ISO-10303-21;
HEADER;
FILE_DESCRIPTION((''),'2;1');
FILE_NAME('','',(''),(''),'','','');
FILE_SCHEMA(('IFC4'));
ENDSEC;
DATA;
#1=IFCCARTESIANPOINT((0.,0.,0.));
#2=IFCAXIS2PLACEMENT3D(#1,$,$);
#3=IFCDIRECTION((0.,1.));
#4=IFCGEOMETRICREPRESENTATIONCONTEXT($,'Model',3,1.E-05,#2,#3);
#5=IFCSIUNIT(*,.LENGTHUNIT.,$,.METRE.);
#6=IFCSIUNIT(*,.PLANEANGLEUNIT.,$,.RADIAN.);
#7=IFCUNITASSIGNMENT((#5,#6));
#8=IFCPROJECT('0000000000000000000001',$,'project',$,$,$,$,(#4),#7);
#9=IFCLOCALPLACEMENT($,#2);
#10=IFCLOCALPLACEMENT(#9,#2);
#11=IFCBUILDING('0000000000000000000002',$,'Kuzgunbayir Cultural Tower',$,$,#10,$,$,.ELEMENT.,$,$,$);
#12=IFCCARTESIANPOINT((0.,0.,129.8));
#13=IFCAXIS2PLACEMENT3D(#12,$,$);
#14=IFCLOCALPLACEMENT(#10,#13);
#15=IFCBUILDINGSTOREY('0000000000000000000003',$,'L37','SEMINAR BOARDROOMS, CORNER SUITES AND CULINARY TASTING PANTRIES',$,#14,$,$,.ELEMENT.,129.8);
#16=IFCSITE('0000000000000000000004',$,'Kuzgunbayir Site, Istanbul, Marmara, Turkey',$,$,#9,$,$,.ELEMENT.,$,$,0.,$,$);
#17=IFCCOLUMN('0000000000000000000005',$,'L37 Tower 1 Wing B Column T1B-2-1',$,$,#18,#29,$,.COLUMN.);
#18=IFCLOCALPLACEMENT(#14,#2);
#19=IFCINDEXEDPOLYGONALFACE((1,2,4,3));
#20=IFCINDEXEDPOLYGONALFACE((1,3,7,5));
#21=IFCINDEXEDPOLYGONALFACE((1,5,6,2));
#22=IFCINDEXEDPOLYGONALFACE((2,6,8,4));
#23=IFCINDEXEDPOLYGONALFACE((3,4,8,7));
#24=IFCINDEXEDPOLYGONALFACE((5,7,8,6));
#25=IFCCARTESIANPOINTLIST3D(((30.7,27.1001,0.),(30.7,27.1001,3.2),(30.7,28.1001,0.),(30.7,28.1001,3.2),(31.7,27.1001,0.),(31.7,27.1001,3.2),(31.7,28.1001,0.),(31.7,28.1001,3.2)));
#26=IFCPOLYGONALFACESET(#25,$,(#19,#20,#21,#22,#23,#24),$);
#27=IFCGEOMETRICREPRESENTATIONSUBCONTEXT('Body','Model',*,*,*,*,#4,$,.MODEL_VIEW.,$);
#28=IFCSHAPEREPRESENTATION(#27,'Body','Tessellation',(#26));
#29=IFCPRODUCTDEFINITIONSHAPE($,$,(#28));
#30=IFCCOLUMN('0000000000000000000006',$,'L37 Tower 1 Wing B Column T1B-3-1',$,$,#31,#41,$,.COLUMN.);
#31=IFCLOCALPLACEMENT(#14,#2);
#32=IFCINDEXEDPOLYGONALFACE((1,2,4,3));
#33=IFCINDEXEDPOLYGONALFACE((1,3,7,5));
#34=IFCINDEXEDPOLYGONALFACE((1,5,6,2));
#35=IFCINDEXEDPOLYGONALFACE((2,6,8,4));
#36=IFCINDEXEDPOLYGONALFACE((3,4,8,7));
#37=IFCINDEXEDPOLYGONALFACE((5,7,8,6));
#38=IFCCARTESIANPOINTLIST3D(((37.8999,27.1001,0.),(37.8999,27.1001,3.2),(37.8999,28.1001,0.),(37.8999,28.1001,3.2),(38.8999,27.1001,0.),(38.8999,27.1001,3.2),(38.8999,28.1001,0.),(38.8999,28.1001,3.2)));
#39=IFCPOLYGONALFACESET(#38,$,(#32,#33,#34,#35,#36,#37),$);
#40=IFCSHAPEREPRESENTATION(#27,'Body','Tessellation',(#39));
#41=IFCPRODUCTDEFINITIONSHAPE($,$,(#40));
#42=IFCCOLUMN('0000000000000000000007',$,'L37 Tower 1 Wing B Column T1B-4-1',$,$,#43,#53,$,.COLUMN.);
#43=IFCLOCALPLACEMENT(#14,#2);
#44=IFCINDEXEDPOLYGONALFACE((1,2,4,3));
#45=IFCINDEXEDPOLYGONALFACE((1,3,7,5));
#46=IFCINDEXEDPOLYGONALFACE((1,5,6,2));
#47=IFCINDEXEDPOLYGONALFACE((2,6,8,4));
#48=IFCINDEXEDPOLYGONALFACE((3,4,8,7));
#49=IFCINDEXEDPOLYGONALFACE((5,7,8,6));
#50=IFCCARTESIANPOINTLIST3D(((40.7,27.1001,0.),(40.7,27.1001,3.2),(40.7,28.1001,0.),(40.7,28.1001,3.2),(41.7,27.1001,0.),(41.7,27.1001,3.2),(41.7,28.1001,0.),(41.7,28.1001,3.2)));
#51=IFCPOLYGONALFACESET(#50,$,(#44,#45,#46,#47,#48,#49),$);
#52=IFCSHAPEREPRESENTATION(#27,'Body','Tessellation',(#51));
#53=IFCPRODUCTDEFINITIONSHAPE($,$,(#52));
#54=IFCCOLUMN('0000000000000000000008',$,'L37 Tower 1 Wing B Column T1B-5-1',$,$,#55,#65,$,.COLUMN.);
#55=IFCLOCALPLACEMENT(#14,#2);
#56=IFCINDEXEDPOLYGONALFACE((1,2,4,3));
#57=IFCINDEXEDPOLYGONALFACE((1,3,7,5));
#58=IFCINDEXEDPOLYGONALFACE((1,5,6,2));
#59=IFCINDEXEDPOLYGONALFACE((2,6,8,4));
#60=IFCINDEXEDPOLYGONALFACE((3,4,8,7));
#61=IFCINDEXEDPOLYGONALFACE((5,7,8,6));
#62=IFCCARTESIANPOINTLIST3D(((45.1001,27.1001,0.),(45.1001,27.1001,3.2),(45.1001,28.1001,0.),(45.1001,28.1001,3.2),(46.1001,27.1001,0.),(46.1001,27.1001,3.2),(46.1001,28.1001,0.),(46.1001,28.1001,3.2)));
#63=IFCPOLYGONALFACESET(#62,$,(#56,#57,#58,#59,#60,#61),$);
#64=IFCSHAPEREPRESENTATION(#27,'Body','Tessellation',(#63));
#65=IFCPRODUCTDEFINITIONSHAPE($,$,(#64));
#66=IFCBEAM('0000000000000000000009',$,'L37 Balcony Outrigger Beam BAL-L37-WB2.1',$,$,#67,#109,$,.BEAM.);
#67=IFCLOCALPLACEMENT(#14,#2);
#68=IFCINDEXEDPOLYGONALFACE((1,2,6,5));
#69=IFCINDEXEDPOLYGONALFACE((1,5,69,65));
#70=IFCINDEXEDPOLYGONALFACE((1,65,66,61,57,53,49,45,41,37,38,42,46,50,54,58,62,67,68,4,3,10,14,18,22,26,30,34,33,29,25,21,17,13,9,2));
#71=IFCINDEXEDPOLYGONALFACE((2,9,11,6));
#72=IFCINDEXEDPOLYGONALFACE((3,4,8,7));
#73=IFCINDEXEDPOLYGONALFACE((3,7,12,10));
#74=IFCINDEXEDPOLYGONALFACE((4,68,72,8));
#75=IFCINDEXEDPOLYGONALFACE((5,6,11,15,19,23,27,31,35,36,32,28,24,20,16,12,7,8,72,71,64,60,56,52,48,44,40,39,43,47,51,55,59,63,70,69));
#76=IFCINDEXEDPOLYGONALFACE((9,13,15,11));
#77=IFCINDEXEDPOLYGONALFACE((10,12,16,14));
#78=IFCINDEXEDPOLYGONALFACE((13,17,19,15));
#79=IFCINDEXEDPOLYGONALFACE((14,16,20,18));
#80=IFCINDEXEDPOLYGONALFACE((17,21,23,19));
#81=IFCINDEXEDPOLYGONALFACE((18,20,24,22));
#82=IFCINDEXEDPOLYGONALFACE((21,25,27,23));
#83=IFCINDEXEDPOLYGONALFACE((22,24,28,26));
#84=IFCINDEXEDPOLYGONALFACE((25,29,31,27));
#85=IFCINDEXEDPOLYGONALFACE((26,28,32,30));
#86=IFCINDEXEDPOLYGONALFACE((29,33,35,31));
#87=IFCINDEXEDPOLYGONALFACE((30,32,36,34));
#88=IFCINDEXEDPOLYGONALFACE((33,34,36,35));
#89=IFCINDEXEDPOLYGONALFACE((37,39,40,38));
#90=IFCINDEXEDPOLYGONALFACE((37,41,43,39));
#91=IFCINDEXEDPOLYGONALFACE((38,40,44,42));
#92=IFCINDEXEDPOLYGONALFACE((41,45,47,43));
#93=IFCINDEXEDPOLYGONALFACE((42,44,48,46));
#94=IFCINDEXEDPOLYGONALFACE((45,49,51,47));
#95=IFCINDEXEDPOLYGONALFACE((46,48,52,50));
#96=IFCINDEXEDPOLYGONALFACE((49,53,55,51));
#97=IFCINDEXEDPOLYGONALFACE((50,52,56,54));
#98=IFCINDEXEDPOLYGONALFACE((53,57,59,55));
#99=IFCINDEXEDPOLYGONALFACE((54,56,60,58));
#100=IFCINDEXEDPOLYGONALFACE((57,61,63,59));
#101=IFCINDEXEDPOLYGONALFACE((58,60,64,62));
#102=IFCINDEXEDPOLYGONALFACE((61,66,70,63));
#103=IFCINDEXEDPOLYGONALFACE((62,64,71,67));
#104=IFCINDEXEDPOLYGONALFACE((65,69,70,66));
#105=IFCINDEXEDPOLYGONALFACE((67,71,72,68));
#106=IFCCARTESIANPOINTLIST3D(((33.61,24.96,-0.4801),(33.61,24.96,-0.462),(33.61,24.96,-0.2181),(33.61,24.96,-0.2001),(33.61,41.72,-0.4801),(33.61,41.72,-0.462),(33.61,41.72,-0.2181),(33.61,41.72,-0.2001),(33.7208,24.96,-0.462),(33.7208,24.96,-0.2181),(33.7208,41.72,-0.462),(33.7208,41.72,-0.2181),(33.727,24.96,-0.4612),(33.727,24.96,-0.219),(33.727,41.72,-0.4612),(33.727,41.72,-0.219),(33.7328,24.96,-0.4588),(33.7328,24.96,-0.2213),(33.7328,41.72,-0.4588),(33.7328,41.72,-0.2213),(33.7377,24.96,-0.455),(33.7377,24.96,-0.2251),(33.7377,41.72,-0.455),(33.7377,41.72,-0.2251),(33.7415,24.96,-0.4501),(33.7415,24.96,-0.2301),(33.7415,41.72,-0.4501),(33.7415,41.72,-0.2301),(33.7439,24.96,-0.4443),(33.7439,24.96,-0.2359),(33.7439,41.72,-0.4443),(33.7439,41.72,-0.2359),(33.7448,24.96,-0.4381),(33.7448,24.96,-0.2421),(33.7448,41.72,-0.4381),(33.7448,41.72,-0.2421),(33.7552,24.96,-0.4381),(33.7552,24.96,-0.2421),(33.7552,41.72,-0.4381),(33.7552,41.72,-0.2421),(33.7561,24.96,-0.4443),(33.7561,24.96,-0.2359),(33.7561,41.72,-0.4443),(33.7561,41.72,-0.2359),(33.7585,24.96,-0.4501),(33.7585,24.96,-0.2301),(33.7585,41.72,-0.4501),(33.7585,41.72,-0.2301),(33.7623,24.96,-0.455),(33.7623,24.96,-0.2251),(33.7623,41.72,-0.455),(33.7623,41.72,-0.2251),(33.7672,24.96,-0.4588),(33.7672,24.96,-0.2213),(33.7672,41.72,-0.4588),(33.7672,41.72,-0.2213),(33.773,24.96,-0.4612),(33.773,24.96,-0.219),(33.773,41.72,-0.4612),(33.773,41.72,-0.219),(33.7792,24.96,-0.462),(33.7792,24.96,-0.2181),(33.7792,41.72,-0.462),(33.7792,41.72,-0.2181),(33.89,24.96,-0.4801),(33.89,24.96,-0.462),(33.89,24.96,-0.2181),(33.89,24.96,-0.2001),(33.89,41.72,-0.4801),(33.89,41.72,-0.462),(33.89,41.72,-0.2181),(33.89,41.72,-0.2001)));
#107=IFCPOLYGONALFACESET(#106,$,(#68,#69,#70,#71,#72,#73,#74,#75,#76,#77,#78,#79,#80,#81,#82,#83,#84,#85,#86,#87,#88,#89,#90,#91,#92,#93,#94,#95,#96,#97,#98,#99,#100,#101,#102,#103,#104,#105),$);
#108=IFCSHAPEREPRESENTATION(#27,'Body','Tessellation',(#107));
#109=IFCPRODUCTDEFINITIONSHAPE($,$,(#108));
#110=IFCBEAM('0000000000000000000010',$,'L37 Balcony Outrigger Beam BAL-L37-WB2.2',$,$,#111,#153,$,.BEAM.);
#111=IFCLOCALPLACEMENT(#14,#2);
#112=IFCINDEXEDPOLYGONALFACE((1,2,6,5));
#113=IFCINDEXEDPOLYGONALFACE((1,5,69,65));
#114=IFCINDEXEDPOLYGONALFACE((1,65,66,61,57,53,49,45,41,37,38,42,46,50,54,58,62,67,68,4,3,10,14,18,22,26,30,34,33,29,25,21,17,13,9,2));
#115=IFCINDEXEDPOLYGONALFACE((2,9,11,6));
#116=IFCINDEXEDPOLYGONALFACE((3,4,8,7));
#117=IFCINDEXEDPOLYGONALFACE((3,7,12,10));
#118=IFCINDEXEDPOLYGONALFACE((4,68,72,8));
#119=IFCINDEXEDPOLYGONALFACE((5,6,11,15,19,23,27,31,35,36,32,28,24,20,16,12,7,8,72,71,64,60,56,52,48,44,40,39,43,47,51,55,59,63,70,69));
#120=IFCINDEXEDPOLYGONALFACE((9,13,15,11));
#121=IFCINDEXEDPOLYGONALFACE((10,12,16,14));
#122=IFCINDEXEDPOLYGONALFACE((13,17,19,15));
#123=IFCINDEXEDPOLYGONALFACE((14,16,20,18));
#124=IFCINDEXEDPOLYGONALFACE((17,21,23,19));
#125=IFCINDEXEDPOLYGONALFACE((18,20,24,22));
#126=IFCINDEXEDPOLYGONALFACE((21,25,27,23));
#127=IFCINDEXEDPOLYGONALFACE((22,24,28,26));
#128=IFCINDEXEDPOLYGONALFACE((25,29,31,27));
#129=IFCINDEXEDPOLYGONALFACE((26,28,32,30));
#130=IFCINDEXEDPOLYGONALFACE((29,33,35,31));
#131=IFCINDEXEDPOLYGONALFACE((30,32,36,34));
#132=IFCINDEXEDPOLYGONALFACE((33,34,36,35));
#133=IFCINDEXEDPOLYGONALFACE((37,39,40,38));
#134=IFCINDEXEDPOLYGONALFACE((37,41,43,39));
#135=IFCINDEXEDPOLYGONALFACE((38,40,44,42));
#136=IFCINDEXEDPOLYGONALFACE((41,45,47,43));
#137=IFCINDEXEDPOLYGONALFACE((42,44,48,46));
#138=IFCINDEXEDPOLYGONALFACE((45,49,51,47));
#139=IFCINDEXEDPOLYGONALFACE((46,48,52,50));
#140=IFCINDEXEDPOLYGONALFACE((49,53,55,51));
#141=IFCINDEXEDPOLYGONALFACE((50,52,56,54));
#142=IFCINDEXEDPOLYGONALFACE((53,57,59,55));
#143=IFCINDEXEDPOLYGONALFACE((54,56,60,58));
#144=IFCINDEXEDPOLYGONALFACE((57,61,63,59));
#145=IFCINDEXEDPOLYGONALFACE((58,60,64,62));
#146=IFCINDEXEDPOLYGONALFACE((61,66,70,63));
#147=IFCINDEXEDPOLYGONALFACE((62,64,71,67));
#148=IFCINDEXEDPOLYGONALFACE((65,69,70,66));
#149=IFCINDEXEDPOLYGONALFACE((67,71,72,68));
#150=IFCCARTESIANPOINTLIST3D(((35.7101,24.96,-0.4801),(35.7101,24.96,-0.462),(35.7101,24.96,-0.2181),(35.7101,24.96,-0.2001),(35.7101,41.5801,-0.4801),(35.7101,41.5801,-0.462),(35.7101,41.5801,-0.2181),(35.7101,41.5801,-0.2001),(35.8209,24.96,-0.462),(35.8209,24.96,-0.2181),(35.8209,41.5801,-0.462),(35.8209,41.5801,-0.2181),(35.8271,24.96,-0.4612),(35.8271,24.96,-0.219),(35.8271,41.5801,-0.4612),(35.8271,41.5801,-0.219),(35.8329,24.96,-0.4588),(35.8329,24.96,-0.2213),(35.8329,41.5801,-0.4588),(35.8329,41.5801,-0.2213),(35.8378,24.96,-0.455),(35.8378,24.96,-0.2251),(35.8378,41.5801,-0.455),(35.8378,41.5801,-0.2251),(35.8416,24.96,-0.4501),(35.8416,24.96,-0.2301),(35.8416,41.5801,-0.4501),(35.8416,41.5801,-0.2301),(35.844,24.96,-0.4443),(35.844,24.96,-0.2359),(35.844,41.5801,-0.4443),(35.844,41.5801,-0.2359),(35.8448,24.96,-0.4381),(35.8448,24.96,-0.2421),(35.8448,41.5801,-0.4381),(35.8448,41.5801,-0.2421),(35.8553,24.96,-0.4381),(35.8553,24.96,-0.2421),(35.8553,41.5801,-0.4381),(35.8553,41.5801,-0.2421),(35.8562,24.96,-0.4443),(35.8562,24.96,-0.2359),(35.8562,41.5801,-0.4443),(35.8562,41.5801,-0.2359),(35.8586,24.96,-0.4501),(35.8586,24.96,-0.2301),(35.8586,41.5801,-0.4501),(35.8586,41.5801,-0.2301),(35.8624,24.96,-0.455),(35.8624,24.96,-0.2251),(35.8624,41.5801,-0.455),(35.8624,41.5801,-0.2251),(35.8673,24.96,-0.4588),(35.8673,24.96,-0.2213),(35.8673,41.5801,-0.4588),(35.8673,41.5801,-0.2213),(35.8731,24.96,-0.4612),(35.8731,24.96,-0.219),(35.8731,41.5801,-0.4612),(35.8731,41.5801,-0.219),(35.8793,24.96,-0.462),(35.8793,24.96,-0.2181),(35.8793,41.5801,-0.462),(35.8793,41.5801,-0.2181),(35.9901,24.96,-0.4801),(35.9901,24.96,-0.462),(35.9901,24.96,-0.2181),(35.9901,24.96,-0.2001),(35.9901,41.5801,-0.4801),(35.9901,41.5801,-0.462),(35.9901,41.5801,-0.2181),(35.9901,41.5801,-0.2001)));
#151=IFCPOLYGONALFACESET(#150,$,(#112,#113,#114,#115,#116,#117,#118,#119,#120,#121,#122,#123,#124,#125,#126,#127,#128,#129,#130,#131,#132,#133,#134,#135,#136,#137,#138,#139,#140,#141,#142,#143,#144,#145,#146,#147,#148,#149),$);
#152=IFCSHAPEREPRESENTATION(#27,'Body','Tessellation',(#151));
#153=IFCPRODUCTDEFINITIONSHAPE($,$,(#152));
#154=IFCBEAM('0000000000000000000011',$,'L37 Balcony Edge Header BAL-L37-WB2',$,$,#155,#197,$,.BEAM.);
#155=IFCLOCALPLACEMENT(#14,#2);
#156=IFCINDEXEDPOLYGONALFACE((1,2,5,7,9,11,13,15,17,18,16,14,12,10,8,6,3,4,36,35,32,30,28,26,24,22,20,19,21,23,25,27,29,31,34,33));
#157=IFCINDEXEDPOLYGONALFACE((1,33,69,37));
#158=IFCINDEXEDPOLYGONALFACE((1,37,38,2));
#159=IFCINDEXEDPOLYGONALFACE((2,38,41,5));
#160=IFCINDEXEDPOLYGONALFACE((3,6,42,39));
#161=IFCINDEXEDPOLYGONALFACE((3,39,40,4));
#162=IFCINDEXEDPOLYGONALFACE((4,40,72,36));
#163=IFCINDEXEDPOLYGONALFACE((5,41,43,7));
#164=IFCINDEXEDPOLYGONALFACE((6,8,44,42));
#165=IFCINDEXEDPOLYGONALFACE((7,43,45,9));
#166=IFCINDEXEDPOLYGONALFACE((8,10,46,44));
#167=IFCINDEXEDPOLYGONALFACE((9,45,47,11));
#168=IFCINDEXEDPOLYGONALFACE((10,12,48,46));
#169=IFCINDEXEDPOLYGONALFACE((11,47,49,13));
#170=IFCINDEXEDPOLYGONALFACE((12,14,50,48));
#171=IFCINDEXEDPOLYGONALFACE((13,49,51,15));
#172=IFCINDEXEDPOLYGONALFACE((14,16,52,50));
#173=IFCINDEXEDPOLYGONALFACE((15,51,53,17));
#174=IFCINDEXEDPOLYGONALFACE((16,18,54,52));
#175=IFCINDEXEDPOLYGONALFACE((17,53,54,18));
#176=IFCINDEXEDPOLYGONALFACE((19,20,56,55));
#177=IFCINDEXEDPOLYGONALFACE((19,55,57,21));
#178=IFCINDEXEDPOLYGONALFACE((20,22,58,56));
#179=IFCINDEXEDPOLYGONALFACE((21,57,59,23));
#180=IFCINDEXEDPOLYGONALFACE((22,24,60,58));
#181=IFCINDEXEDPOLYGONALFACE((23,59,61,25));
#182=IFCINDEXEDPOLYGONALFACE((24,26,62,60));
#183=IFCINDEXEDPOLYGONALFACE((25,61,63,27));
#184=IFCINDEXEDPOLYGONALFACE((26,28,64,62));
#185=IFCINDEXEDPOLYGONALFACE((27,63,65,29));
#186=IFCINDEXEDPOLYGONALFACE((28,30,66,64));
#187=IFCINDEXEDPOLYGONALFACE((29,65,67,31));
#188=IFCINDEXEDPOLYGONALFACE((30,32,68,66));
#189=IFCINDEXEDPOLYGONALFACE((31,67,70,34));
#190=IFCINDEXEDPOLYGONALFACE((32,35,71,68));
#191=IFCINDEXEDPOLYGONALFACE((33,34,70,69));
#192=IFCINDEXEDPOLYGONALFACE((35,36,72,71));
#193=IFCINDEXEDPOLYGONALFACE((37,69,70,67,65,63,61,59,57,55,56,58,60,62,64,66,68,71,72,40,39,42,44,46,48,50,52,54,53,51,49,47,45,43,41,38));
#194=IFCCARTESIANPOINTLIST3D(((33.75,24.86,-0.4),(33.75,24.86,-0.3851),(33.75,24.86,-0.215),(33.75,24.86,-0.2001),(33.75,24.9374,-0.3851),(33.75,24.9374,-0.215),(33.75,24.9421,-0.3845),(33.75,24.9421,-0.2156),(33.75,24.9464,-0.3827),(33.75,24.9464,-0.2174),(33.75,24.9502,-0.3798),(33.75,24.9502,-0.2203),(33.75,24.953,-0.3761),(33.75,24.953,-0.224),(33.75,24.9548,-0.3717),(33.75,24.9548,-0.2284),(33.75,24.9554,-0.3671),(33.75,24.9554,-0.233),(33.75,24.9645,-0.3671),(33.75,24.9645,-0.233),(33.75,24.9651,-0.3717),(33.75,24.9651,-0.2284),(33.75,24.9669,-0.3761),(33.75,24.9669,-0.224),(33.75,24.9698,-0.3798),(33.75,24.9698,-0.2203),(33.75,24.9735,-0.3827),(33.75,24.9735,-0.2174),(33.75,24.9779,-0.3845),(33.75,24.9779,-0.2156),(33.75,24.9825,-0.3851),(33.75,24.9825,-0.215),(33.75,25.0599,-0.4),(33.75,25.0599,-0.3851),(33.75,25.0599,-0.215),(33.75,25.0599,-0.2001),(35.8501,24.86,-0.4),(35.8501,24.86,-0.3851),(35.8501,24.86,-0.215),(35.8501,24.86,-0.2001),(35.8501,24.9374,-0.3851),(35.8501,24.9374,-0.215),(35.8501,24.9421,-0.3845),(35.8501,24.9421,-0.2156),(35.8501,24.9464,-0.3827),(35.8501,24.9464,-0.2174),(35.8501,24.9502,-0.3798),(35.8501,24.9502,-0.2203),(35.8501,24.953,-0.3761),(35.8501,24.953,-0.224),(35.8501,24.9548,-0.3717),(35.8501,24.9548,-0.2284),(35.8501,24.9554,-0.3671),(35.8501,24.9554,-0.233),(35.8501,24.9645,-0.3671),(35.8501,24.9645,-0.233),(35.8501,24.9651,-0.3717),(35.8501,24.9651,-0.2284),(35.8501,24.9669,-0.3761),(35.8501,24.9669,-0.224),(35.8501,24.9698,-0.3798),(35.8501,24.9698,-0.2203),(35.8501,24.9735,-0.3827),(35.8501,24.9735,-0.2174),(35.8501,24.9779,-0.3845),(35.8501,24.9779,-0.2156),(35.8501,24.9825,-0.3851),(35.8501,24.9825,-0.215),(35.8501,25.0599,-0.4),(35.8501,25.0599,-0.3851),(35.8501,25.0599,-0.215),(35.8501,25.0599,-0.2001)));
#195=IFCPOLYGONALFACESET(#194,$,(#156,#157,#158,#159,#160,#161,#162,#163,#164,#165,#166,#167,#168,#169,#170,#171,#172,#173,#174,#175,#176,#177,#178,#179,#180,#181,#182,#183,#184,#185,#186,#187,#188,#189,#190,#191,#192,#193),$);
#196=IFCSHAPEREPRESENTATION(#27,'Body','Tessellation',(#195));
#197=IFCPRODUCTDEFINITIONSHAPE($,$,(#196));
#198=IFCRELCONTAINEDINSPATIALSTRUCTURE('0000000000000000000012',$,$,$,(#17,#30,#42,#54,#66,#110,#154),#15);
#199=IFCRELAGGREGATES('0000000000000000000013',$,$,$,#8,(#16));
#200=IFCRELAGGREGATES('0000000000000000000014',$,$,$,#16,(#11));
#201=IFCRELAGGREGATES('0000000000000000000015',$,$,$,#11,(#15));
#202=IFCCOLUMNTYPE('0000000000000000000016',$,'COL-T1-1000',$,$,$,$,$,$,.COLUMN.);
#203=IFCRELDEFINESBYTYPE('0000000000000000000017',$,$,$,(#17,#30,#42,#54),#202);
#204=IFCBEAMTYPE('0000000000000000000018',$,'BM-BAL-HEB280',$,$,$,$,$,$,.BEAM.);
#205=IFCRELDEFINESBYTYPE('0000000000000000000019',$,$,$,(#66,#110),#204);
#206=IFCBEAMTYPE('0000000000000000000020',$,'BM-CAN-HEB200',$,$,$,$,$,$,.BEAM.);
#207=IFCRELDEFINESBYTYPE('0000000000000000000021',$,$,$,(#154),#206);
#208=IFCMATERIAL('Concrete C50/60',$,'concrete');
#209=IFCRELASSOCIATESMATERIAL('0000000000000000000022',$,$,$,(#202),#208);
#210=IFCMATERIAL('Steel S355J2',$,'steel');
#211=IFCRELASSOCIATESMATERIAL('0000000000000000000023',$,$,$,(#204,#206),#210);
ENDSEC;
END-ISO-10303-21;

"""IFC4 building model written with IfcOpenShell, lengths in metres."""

from ifc_helpers import new_model, si_unit, direction, frame, origin, origin_2d, place, context, subcontext, project, spatial, rectangle, i_section, extrude, material, material_profile, profile_set, type_object, element, save


model = new_model("IFC4")

# Units and contexts
model_context = context("Model", 3, precision=1e-05, world=origin(), true_north=direction((0.0, 1.0)))
body_context = subcontext(model_context, "Body", "Model", "MODEL_VIEW")
ifc_project = project(units=[si_unit("LENGTHUNIT", "METRE"), si_unit("PLANEANGLEUNIT", "RADIAN")], contexts=[model_context])

# Site, building, storey
site_placement = place(None, origin())
site = spatial("IfcSite", under=ifc_project, at=site_placement, Name="Kuzgunbayir Site, Istanbul, Marmara, Turkey", CompositionType="ELEMENT", RefElevation=0.0)
building_placement = place(site_placement, origin())
building = spatial("IfcBuilding", under=site, at=building_placement, Name="Kuzgunbayir Cultural Tower", CompositionType="ELEMENT")
storey_placement = place(building_placement, frame((0.0, 0.0, 129.8)))
storey = spatial("IfcBuildingStorey", under=building, at=storey_placement, Name="L37", Description="SEMINAR BOARDROOMS, CORNER SUITES AND CULINARY TASTING PANTRIES", CompositionType="ELEMENT", Elevation=129.8)

# Columns
ifc_material_1 = material(Name="Concrete C50/60", Category="concrete")
ifc_material_profile_1 = material_profile(ifc_material_1, rectangle(XDim=1.0, YDim=1.0, at=origin_2d()), Name="RC 1000x1000")
ifc_profile_set_1 = profile_set([ifc_material_profile_1], Name="Concrete C50/60")
column_type = type_object("IfcColumnType", Name="COL-T1-1000", PredefinedType="COLUMN", material=ifc_profile_set_1)
for number, where, z_axis, x_axis, name in (
    (1, (31.2, 27.6001, 0.0), (0.0, 0.0, 1.0), (1.0, 0.0, 0.0), "L37 Tower 1 Wing B Column T1B-2-1"),
    (2, (38.3999, 27.6001, 0.0), (0.0, 0.0, 1.0), (1.0, 0.0, 0.0), "L37 Tower 1 Wing B Column T1B-3-1"),
    (3, (41.2, 27.6001, 0.0), (0.0, 0.0, 1.0), (1.0, 0.0, 0.0), "L37 Tower 1 Wing B Column T1B-4-1"),
    (4, (45.6001, 27.6001, 0.0), (0.0, 0.0, 1.0), (1.0, 0.0, 0.0), "L37 Tower 1 Wing B Column T1B-5-1"),
):
    element("IfcColumn", number, at=place(storey_placement, frame(where, z_axis=z_axis, x_axis=x_axis)), inside=storey, type_object=column_type, Name=name, PredefinedType="COLUMN", context=body_context, shape_type="SweptSolid", body=[
        extrude(rectangle(XDim=1.0, YDim=1.0, at=origin_2d()), origin(), (0.0, 0.0, 1.0), 3.2),
    ])

# Beams
ifc_material_2 = material(Name="Steel S355J2", Category="steel")
ifc_material_profile_2 = material_profile(ifc_material_2, i_section(OverallWidth=0.28, OverallDepth=0.28, WebThickness=0.0105, FlangeThickness=0.0181, FilletRadius=0.0239, at=origin_2d()), Name="HEB 280")
ifc_profile_set_2 = profile_set([ifc_material_profile_2], Name="Steel S355J2")
beam_type_1 = type_object("IfcBeamType", Name="BM-BAL-HEB280", PredefinedType="BEAM", material=ifc_profile_set_2)
beam_1_placement = place(storey_placement, frame((33.75, 24.96, -0.3401), z_axis=(0.0, 1.0, 0.0), x_axis=(-1.0, 0.0, 0.0)))
element("IfcBeam", 5, at=beam_1_placement, inside=storey, type_object=beam_type_1, Name="L37 Balcony Outrigger Beam BAL-L37-WB2.1", PredefinedType="BEAM", context=body_context, shape_type="SweptSolid", body=[
    extrude(i_section(OverallWidth=0.28, OverallDepth=0.28, WebThickness=0.0105, FlangeThickness=0.0181, FilletRadius=0.0239, at=origin_2d()), origin(), (0.0, 0.0, 1.0), 16.76),
])
beam_2_placement = place(storey_placement, frame((35.8501, 24.96, -0.3401), z_axis=(0.0, 1.0, 0.0), x_axis=(-1.0, 0.0, 0.0)))
element("IfcBeam", 6, at=beam_2_placement, inside=storey, type_object=beam_type_1, Name="L37 Balcony Outrigger Beam BAL-L37-WB2.2", PredefinedType="BEAM", context=body_context, shape_type="SweptSolid", body=[
    extrude(i_section(OverallWidth=0.28, OverallDepth=0.28, WebThickness=0.0105, FlangeThickness=0.0181, FilletRadius=0.0239, at=origin_2d()), origin(), (0.0, 0.0, 1.0), 16.6201),
])
ifc_material_profile_3 = material_profile(ifc_material_2, i_section(OverallWidth=0.2, OverallDepth=0.2, WebThickness=0.009, FlangeThickness=0.0149, FilletRadius=0.0181, at=origin_2d()), Name="HEB 200")
ifc_profile_set_3 = profile_set([ifc_material_profile_3], Name="Steel S355J2")
beam_type_2 = type_object("IfcBeamType", Name="BM-CAN-HEB200", PredefinedType="BEAM", material=ifc_profile_set_3)
beam_3_placement = place(storey_placement, frame((33.75, 24.96, -0.3), z_axis=(1.0, 0.0, 0.0), x_axis=(0.0, 1.0, 0.0)))
element("IfcBeam", 7, at=beam_3_placement, inside=storey, type_object=beam_type_2, Name="L37 Balcony Edge Header BAL-L37-WB2", PredefinedType="BEAM", context=body_context, shape_type="SweptSolid", body=[
    extrude(i_section(OverallWidth=0.2, OverallDepth=0.2, WebThickness=0.009, FlangeThickness=0.0149, FilletRadius=0.0181, at=origin_2d()), origin(), (0.0, 0.0, 1.0), 2.1001),
])

save(model, "model.ifc")
